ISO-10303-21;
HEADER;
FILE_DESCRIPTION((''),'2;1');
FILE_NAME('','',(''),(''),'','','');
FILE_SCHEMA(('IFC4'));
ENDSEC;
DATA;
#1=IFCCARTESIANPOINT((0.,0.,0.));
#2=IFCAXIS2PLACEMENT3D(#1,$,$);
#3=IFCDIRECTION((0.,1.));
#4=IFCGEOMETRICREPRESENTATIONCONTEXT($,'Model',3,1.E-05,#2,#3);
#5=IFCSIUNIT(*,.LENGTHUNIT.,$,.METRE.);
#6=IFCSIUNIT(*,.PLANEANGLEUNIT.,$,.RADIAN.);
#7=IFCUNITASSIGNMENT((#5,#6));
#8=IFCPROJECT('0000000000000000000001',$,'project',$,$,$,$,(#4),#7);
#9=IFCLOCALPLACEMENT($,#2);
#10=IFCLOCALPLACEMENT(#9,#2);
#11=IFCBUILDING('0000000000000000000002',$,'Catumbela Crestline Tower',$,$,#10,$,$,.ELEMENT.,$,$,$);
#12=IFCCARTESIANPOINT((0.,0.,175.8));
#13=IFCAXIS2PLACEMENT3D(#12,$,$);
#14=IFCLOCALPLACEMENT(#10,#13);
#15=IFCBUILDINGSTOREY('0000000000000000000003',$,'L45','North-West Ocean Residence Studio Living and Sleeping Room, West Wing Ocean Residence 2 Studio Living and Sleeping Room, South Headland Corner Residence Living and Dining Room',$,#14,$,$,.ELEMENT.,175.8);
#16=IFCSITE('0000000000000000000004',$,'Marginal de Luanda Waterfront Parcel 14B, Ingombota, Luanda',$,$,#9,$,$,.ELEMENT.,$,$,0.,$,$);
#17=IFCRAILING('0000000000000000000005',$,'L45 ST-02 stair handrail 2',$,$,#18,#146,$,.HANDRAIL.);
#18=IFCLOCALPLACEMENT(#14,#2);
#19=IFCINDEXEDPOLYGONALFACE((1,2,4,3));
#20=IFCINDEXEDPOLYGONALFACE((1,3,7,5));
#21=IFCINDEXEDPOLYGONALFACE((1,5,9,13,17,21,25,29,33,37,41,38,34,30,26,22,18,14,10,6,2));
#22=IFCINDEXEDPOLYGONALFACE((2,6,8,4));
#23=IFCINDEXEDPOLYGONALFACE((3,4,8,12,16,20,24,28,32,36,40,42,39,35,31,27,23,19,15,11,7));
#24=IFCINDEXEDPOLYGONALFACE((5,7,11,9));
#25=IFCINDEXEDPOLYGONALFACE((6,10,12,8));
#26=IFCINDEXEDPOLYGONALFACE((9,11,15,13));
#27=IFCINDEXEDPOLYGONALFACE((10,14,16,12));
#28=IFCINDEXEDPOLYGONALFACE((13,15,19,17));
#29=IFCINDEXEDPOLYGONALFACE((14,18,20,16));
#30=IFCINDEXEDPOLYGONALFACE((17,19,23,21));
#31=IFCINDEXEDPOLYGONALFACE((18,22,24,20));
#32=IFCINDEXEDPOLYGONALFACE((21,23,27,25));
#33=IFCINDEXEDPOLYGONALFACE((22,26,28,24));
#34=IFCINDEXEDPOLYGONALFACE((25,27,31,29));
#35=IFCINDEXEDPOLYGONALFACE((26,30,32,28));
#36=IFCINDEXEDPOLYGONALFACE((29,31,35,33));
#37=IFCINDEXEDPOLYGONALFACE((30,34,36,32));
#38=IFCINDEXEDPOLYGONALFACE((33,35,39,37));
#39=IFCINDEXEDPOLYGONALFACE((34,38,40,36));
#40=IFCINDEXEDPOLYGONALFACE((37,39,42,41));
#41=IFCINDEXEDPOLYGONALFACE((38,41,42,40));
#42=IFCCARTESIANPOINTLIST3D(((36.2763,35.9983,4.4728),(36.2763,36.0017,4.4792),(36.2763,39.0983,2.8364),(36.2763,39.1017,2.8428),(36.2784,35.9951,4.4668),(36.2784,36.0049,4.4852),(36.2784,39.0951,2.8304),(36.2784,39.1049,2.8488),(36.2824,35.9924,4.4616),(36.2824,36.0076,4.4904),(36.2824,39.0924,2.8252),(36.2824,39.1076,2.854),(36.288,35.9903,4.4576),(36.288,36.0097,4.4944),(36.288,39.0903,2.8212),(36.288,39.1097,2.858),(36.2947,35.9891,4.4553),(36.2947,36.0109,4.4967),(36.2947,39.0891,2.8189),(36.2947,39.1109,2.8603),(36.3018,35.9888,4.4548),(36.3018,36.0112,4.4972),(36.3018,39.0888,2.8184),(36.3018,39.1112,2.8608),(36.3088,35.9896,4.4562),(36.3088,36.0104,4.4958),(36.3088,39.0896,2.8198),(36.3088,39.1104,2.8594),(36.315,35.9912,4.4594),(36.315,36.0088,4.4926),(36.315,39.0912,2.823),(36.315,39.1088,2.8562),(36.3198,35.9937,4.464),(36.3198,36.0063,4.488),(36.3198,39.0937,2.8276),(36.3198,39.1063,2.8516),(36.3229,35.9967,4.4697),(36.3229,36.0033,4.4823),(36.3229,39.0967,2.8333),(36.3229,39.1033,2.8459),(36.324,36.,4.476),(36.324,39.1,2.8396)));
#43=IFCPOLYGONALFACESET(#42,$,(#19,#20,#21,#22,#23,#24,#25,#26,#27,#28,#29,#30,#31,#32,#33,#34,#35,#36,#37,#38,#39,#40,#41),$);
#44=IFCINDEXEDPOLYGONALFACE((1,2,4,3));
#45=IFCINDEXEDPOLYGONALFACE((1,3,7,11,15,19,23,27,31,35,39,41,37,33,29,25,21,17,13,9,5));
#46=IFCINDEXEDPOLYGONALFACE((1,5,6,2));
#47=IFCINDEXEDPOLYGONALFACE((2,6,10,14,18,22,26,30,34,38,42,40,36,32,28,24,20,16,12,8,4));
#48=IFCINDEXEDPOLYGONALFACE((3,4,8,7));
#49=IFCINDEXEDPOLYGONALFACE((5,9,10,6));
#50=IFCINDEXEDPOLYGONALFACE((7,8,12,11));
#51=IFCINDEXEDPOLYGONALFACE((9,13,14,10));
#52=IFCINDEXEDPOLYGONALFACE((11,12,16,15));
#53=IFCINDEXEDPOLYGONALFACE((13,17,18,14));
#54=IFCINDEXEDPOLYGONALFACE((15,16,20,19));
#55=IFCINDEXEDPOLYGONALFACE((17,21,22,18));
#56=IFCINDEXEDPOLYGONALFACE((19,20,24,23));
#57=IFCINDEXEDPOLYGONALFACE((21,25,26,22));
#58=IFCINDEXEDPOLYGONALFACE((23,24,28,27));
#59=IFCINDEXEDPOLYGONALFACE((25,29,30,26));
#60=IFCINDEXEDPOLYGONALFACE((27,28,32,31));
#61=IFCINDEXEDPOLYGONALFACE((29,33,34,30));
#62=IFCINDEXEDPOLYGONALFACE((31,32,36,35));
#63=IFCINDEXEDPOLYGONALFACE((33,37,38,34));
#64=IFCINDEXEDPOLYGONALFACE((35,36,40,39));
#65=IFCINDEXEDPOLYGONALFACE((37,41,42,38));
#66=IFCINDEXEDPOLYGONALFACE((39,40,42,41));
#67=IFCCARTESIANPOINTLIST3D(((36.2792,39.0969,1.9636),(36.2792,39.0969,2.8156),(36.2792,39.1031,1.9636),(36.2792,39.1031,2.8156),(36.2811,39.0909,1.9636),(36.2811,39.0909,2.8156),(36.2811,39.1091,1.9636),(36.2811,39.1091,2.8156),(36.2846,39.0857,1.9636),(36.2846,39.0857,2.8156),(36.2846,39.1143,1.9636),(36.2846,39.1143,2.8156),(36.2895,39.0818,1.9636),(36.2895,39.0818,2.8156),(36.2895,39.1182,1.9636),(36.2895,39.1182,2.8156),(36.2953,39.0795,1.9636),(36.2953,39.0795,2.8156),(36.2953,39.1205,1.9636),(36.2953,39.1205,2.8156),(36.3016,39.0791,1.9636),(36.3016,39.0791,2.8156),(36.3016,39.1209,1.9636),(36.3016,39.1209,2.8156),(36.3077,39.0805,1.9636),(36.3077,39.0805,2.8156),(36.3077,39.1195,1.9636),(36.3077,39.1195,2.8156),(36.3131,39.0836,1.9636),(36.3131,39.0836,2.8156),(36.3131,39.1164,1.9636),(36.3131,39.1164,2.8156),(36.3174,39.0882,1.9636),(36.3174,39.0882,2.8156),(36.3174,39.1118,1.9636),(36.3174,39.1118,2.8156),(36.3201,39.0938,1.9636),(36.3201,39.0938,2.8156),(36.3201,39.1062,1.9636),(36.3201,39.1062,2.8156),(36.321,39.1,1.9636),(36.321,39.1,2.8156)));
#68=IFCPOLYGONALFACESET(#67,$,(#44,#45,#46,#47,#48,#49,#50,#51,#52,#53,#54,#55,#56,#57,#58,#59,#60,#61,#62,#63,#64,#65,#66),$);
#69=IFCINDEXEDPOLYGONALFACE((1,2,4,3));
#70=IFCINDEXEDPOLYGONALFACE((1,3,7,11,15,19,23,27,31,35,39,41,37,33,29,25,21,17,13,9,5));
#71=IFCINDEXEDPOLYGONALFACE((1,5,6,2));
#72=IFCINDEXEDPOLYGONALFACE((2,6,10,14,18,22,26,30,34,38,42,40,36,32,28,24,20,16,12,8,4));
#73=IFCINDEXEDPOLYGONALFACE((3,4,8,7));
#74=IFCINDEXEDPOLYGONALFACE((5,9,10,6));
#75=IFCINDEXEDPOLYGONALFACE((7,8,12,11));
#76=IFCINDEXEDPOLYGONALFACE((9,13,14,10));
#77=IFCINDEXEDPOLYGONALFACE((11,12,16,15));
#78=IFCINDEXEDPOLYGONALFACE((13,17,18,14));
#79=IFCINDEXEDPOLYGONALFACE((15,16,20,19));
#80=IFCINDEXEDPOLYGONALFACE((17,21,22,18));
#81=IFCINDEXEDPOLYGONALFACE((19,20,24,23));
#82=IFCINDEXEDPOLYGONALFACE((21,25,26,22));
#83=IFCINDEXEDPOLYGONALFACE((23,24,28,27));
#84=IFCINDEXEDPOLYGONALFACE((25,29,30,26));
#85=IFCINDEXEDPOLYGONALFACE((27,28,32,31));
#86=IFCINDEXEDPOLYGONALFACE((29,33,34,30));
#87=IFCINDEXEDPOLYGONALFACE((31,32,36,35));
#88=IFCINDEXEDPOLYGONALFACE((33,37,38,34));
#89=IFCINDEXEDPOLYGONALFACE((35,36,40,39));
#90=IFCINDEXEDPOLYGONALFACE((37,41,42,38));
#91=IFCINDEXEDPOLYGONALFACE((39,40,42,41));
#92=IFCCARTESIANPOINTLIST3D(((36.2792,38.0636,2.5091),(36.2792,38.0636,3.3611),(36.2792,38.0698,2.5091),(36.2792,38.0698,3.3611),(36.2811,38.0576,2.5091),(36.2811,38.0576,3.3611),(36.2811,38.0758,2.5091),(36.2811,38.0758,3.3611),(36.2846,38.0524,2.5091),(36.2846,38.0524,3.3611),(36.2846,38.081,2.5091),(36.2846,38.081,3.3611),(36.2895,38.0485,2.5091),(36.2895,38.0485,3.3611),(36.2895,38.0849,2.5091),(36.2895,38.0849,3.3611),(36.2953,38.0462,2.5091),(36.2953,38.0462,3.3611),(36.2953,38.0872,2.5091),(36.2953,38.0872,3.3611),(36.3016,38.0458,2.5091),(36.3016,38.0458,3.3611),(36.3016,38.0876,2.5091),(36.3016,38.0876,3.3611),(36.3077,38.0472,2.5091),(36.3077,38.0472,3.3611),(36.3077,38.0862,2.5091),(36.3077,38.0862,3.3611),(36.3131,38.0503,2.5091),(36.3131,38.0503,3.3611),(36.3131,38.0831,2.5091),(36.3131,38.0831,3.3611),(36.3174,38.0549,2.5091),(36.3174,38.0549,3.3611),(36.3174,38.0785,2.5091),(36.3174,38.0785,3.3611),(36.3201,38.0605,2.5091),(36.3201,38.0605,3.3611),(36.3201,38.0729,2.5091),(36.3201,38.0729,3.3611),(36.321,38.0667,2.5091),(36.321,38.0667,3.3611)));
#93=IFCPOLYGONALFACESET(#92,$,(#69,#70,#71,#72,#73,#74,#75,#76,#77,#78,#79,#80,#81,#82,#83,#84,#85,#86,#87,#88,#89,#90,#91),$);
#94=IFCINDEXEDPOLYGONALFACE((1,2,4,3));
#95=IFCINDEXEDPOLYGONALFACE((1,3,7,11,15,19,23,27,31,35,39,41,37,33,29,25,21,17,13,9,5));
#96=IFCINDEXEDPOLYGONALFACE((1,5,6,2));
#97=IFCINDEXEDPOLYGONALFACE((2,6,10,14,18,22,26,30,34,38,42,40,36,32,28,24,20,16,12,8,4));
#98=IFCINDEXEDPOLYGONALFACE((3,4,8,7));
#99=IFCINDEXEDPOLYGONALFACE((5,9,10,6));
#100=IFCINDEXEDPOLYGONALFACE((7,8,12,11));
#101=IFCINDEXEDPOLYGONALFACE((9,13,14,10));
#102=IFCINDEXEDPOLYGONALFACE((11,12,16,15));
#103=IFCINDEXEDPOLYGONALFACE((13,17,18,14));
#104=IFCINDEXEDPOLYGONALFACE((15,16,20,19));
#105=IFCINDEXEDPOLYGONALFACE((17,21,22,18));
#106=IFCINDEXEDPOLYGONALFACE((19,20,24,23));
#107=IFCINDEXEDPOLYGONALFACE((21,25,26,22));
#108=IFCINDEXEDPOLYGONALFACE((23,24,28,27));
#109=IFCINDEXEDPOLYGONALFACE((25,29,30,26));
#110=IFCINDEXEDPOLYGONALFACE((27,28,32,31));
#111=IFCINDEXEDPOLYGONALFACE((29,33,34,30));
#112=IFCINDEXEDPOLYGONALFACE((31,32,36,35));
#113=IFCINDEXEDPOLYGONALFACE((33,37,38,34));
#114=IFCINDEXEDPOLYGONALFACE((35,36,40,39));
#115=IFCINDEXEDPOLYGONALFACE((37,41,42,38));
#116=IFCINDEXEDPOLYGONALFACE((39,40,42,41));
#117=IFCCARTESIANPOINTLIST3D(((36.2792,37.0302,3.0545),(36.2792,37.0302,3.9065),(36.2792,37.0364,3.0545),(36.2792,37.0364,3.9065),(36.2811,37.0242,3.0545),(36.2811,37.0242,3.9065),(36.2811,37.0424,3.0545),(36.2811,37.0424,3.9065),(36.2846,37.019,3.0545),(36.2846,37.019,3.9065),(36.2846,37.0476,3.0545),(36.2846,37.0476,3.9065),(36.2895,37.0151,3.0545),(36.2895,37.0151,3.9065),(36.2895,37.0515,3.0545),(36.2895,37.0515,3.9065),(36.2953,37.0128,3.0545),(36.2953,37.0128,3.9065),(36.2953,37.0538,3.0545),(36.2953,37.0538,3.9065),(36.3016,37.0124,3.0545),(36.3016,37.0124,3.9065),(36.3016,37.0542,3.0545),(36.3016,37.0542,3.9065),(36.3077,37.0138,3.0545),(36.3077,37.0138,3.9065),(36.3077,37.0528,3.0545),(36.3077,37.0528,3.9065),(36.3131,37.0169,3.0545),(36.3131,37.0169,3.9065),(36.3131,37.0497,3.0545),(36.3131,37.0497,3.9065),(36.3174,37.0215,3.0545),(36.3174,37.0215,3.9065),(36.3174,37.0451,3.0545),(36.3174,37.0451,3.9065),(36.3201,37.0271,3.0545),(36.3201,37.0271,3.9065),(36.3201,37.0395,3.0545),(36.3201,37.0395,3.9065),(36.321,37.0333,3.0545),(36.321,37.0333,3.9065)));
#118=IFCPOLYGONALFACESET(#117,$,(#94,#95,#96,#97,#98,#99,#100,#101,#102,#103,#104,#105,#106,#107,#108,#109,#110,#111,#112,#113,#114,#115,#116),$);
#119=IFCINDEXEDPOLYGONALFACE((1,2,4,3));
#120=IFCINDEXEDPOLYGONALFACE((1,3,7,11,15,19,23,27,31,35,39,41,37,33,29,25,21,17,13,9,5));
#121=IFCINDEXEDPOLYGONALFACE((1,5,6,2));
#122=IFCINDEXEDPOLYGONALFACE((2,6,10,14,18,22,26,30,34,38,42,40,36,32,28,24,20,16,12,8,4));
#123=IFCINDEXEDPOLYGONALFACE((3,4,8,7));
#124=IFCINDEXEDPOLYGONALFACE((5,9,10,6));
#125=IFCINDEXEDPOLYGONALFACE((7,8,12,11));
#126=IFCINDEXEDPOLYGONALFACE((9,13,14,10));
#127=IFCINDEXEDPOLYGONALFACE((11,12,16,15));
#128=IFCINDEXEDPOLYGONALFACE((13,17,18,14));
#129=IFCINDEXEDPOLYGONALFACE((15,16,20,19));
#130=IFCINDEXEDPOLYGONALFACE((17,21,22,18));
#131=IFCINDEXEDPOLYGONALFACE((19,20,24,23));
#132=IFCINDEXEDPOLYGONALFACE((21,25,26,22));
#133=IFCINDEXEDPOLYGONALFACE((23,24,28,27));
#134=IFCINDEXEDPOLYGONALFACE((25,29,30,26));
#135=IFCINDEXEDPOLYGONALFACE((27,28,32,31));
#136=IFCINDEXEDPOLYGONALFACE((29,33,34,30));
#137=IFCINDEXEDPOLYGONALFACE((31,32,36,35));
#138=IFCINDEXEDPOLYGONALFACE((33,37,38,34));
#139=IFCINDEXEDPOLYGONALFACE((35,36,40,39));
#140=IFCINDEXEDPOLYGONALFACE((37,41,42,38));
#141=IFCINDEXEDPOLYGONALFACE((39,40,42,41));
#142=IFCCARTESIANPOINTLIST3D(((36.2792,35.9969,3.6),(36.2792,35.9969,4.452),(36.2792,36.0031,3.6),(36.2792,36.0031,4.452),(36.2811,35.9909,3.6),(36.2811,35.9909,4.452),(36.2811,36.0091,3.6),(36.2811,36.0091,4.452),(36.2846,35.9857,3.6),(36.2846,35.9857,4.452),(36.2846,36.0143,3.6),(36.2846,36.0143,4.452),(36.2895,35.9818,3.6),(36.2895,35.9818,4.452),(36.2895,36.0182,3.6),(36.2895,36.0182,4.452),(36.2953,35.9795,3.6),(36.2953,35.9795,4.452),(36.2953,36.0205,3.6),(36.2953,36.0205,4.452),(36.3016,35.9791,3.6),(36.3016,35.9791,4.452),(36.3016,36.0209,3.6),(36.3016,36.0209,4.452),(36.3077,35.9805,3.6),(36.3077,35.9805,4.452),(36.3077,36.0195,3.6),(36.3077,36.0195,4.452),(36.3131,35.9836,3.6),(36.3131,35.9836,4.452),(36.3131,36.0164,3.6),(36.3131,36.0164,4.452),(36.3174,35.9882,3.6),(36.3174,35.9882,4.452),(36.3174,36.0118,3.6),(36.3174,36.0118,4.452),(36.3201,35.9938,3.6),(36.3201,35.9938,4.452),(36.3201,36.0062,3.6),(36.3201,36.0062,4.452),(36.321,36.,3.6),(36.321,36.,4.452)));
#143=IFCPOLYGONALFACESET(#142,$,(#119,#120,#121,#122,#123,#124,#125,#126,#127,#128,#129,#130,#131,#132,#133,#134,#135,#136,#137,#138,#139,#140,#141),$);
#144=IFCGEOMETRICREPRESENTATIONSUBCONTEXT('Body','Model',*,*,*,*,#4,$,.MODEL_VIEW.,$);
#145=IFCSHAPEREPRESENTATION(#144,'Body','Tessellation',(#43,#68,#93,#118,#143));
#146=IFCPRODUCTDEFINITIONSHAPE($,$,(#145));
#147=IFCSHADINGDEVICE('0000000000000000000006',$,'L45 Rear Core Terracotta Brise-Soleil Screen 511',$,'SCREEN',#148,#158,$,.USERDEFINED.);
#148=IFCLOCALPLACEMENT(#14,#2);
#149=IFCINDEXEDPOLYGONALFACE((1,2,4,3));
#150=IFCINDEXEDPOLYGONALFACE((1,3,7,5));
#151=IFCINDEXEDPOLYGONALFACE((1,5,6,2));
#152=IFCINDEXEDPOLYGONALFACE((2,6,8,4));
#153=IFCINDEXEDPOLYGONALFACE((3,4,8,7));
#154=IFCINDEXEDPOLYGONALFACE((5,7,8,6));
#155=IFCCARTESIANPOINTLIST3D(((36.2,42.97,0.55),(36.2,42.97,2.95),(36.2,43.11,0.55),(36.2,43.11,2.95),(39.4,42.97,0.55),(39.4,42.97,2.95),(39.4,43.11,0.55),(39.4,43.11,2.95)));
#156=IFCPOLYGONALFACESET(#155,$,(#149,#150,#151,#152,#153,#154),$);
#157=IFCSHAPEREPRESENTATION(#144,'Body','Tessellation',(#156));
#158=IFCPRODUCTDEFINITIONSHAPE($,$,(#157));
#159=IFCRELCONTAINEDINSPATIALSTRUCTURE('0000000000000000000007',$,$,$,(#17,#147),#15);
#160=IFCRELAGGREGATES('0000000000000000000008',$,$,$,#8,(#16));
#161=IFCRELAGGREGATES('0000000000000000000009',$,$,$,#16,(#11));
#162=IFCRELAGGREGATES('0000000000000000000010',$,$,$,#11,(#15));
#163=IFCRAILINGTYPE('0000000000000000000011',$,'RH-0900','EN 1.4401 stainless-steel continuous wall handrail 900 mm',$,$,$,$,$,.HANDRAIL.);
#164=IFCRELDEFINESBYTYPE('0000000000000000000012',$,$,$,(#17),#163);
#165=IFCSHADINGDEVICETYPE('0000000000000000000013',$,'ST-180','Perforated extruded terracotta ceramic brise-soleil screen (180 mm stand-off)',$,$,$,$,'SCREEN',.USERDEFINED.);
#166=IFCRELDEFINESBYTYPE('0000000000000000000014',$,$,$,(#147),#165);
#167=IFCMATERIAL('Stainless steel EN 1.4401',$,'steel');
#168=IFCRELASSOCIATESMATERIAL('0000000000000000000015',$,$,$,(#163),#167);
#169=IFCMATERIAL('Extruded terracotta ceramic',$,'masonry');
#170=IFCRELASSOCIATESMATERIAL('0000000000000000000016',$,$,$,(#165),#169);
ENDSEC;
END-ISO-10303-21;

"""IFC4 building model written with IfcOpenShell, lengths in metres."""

from ifc_helpers import new_model, si_unit, direction, frame, origin, origin_2d, place, context, subcontext, project, spatial, rectangle, circle, extrude, material, type_object, element, save


model = new_model("IFC4")

# Units and contexts
model_context = context("Model", 3, precision=1e-05, world=origin(), true_north=direction((0.0, 1.0)))
body_context = subcontext(model_context, "Body", "Model", "MODEL_VIEW")
ifc_project = project(units=[si_unit("LENGTHUNIT", "METRE"), si_unit("PLANEANGLEUNIT", "RADIAN")], contexts=[model_context])

# Site, building, storey
site_placement = place(None, origin())
site = spatial("IfcSite", under=ifc_project, at=site_placement, Name="Marginal de Luanda Waterfront Parcel 14B, Ingombota, Luanda", CompositionType="ELEMENT", RefElevation=0.0)
building_placement = place(site_placement, origin())
building = spatial("IfcBuilding", under=site, at=building_placement, Name="Catumbela Crestline Tower", CompositionType="ELEMENT")
storey_placement = place(building_placement, frame((0.0, 0.0, 175.8)))
storey = spatial("IfcBuildingStorey", under=building, at=storey_placement, Name="L45", Description="North-West Ocean Residence Studio Living and Sleeping Room, West Wing Ocean Residence 2 Studio Living and Sleeping Room, South Headland Corner Residence Living and Dining Room", CompositionType="ELEMENT", Elevation=175.8)

# Shared definitions
ifc_material_1 = material(Name="Stainless steel EN 1.4401", Category="steel")

# Railing
railing_type_1 = type_object("IfcRailingType", Name="RH-0900", Description="EN 1.4401 stainless-steel continuous wall handrail 900 mm", PredefinedType="HANDRAIL", material=ifc_material_1)
railing_1_placement = place(storey_placement, frame((36.3, 39.1, 1.9636)))
element("IfcRailing", 1, at=railing_1_placement, inside=storey, type_object=railing_type_1, Name="L45 ST-02 stair handrail 2", PredefinedType="HANDRAIL", context=body_context, shape_type="SweptSolid", body=[
    extrude(circle(Radius=0.024, at=origin_2d()), frame((0.0, 0.0, 0.876), z_axis=(0.0, -0.884351, 0.466823), x_axis=(1.0, 0.0, 0.0)), (0.0, 0.0, 1.0), 3.5054),
    extrude(circle(Radius=0.021, at=origin_2d()), origin(), (0.0, 0.0, 1.0), 0.852),
    extrude(circle(Radius=0.021, at=origin_2d()), frame((0.0, -1.0333, 0.5455)), (0.0, 0.0, 1.0), 0.852),
    extrude(circle(Radius=0.021, at=origin_2d()), frame((0.0, -2.0667, 1.0909)), (0.0, 0.0, 1.0), 0.852),
    extrude(circle(Radius=0.021, at=origin_2d()), frame((0.0, -3.1, 1.6364)), (0.0, 0.0, 1.0), 0.852),
])

# Shading device
ifc_material_2 = material(Name="Extruded terracotta ceramic", Category="masonry")
shading_device_type = type_object("IfcShadingDeviceType", Name="ST-180", Description="Perforated extruded terracotta ceramic brise-soleil screen (180 mm stand-off)", ElementType="SCREEN", PredefinedType="USERDEFINED", material=ifc_material_2)
shading_device_placement = place(storey_placement, frame((37.8, 43.04, 0.55), z_axis=(0.0, 0.0, 1.0), x_axis=(1.0, 0.0, 0.0)))
element("IfcShadingDevice", 2, at=shading_device_placement, inside=storey, type_object=shading_device_type, Name="L45 Rear Core Terracotta Brise-Soleil Screen 511", ObjectType="SCREEN", PredefinedType="USERDEFINED", context=body_context, shape_type="SweptSolid", body=[
    extrude(rectangle(XDim=3.2, YDim=0.14, at=origin_2d()), origin(), (0.0, 0.0, 1.0), 2.4),
])

save(model, "model.ifc")
